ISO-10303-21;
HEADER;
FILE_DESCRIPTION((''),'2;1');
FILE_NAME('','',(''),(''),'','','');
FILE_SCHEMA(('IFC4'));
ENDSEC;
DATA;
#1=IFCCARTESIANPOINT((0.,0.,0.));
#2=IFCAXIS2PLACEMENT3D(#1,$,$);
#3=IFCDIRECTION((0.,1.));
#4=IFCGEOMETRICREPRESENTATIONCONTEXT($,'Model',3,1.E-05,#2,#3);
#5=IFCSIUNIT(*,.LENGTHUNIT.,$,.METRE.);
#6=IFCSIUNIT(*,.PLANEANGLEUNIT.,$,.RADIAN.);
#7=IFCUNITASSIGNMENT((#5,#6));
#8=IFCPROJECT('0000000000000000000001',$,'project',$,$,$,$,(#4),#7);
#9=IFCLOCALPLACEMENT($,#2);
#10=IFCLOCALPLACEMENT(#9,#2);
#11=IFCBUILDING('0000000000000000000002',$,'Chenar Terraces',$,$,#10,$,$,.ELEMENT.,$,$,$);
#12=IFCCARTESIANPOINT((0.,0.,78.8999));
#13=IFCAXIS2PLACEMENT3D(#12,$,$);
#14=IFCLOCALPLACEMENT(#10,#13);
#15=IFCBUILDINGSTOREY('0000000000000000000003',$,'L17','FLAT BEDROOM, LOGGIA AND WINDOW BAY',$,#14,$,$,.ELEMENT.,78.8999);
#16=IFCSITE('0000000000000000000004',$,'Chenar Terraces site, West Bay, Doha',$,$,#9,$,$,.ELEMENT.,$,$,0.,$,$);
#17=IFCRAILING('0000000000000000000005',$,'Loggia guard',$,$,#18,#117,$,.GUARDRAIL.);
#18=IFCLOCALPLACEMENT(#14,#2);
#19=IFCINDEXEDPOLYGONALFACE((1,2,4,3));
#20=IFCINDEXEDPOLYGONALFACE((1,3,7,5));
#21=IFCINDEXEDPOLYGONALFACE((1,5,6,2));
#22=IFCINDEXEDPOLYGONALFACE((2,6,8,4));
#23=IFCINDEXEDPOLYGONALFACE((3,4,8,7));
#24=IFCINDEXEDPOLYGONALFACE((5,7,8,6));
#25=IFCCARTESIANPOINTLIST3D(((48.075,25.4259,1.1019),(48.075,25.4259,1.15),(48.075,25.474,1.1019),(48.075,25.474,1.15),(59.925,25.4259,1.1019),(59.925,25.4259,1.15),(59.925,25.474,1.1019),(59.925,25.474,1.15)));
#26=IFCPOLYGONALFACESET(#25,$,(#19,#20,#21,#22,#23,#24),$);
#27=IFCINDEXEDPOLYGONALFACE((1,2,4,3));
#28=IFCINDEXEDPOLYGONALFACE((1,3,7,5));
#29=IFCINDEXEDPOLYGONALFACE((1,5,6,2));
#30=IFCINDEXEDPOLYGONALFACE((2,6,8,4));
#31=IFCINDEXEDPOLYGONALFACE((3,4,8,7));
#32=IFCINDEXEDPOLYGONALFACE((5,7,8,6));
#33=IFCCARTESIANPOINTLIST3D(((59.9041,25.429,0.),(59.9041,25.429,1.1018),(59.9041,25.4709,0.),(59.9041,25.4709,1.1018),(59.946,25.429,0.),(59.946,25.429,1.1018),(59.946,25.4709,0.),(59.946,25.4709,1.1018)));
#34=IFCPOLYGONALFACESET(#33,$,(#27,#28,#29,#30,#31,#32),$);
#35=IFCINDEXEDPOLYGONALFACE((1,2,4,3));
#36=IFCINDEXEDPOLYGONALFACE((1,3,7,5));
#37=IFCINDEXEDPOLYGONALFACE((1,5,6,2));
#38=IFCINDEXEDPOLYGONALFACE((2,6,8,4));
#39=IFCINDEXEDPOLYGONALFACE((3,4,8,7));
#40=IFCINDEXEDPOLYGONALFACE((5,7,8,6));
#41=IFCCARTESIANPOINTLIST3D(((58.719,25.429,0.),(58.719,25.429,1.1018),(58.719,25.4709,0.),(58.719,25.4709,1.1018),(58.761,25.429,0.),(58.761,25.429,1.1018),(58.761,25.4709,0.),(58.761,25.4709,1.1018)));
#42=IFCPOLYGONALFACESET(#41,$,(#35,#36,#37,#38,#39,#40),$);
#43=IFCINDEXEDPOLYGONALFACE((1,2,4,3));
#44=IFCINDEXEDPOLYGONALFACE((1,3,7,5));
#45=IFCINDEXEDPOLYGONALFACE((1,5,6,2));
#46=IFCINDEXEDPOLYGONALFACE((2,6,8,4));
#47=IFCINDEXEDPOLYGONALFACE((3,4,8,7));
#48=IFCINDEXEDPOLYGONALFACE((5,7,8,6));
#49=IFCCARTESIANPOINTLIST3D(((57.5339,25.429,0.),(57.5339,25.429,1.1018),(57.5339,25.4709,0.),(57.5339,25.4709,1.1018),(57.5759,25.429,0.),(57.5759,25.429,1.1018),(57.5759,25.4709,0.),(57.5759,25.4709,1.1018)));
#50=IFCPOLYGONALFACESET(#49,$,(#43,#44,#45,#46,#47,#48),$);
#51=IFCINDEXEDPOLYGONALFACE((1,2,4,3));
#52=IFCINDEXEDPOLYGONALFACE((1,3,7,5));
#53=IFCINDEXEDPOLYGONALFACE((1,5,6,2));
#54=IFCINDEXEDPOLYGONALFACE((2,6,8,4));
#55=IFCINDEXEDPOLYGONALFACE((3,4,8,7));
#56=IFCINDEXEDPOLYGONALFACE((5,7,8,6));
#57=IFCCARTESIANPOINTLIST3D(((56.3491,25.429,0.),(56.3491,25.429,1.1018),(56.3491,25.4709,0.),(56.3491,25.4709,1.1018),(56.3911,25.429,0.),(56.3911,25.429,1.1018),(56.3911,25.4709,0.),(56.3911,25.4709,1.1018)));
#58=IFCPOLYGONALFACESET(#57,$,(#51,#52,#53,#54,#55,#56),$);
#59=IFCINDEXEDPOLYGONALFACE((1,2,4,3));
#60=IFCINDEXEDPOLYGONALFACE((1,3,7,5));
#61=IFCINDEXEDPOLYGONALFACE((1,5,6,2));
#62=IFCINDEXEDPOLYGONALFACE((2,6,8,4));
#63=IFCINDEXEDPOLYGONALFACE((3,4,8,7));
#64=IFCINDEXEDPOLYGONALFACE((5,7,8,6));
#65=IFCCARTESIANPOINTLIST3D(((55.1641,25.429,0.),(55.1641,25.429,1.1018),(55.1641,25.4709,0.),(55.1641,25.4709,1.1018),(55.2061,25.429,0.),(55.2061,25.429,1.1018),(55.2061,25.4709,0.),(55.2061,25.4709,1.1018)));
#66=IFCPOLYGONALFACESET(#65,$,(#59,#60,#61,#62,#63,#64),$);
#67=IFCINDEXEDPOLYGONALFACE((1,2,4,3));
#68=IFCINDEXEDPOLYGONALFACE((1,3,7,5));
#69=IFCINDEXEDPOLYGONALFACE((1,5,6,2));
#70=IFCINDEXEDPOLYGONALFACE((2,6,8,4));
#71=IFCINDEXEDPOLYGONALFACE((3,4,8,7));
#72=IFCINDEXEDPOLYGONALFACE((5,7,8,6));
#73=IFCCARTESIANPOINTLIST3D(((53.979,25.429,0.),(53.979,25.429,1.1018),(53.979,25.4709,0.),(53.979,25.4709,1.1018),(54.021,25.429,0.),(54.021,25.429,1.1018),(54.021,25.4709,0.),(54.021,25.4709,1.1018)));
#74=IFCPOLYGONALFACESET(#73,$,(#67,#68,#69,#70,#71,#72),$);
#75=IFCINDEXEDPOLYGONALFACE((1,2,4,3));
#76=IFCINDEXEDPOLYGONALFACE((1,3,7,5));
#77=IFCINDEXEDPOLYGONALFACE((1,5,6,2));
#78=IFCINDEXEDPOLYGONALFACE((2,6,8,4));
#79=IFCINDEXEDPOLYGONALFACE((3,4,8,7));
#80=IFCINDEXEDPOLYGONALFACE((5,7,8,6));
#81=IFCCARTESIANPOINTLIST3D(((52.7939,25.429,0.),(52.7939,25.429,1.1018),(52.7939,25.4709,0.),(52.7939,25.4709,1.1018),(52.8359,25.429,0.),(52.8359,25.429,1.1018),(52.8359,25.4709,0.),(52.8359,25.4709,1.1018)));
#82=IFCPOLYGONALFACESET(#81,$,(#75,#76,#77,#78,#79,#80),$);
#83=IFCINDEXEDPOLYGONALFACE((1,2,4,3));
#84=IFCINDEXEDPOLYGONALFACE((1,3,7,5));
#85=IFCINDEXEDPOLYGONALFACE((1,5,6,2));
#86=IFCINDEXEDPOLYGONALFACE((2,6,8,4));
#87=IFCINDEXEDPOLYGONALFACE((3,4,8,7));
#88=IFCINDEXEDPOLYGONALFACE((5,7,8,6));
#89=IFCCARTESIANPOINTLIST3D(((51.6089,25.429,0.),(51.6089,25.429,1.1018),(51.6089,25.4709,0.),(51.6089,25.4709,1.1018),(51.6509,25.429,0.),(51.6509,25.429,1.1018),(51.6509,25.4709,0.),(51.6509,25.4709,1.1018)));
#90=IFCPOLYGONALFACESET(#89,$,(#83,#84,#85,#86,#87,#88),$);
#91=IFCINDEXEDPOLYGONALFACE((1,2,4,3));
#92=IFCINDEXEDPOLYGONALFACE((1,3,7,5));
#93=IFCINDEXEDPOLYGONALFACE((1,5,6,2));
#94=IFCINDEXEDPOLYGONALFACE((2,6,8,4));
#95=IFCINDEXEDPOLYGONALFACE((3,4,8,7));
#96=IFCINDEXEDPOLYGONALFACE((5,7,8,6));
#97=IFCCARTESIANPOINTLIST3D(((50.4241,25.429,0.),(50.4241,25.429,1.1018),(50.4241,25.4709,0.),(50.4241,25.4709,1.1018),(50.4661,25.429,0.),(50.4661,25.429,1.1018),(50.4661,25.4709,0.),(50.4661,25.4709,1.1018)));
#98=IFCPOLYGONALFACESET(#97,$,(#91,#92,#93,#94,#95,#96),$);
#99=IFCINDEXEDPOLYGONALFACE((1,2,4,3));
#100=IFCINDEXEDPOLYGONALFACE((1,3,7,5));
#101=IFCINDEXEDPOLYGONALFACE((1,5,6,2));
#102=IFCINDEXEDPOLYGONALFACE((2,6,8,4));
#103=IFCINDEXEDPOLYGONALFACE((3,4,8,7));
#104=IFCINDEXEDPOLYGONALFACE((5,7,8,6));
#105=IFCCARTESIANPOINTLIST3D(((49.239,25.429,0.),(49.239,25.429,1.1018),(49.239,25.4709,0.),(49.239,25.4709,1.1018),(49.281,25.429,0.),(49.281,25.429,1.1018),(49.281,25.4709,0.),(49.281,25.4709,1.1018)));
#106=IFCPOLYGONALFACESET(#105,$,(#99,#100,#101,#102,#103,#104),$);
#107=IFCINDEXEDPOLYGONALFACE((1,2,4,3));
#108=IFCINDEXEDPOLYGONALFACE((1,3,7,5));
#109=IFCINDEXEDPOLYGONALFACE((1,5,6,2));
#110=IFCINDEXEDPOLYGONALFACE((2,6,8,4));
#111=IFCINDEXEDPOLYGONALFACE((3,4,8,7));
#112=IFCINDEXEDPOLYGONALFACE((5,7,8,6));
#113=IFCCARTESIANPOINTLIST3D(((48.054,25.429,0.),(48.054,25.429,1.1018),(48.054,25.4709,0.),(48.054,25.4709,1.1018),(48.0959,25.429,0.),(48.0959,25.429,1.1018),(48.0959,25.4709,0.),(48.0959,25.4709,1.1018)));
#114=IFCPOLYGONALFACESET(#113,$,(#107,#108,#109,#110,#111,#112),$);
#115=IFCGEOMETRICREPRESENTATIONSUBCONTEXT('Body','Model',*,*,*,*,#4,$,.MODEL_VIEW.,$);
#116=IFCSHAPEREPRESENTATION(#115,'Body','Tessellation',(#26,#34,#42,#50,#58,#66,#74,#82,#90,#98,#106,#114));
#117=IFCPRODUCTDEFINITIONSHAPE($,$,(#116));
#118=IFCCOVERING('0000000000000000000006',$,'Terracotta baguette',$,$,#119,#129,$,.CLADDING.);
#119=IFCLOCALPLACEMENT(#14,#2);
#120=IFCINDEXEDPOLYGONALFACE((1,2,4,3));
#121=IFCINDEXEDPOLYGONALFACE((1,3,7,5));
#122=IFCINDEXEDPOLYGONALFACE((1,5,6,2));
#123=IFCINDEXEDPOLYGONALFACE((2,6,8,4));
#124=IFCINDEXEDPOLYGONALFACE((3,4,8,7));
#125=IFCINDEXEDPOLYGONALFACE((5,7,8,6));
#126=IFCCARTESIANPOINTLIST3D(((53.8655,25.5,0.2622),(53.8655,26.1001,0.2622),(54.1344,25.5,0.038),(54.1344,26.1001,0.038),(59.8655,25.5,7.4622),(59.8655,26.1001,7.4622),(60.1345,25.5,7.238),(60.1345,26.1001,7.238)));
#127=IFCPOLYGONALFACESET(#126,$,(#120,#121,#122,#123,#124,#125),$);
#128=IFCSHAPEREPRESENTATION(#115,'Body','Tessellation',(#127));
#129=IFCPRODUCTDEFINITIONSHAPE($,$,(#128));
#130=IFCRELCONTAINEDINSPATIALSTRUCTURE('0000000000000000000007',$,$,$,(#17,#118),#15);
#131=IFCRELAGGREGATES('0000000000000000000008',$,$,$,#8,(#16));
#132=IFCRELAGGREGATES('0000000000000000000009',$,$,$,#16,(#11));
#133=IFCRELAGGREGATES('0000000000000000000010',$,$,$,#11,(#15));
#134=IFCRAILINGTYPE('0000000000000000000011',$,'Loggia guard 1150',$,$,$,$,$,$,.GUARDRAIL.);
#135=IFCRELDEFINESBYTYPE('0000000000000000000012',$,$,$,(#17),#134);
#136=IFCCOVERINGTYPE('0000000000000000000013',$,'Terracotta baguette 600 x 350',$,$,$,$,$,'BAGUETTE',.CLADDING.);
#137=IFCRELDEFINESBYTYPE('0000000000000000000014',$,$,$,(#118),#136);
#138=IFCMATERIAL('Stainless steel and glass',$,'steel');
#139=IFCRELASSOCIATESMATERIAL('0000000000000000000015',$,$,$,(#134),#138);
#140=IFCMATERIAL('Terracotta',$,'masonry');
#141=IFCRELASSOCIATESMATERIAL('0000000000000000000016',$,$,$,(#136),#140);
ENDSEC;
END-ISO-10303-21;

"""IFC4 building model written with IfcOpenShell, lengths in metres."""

from ifc_helpers import new_model, si_unit, direction, frame, origin, origin_2d, place, context, subcontext, project, spatial, rectangle, extrude, material, material_profile, profile_set, type_object, element, save


model = new_model("IFC4")

# Units and contexts
model_context = context("Model", 3, precision=1e-05, world=origin(), true_north=direction((0.0, 1.0)))
body_context = subcontext(model_context, "Body", "Model", "MODEL_VIEW")
ifc_project = project(units=[si_unit("LENGTHUNIT", "METRE"), si_unit("PLANEANGLEUNIT", "RADIAN")], contexts=[model_context])

# Site, building, storey
site_placement = place(None, origin())
site = spatial("IfcSite", under=ifc_project, at=site_placement, Name="Chenar Terraces site, West Bay, Doha", CompositionType="ELEMENT", RefElevation=0.0)
building_placement = place(site_placement, origin())
building = spatial("IfcBuilding", under=site, at=building_placement, Name="Chenar Terraces", CompositionType="ELEMENT")
storey_placement = place(building_placement, frame((0.0, 0.0, 78.8999)))
storey = spatial("IfcBuildingStorey", under=building, at=storey_placement, Name="L17", Description="FLAT BEDROOM, LOGGIA AND WINDOW BAY", CompositionType="ELEMENT", Elevation=78.8999)

# Railing
ifc_material_1 = material(Name="Stainless steel and glass", Category="steel")
railing_type = type_object("IfcRailingType", Name="Loggia guard 1150", PredefinedType="GUARDRAIL", material=ifc_material_1)
railing_placement = place(storey_placement, frame((59.925, 25.45, 0.0)))
element("IfcRailing", 1, at=railing_placement, inside=storey, type_object=railing_type, Name="Loggia guard", PredefinedType="GUARDRAIL", context=body_context, shape_type="SweptSolid", body=[
    extrude(rectangle(XDim=0.0481, YDim=0.0481, at=origin_2d()), frame((0.0, 0.0, 1.126), z_axis=(-1.0, 0.0, 0.0), x_axis=(0.0, -1.0, 0.0)), (0.0, 0.0, 1.0), 11.8501),
    extrude(rectangle(XDim=0.042, YDim=0.042, at=origin_2d()), origin(), (0.0, 0.0, 1.0), 1.1018),
    extrude(rectangle(XDim=0.042, YDim=0.042, at=origin_2d()), frame((-1.1851, 0.0, 0.0)), (0.0, 0.0, 1.0), 1.1018),
    extrude(rectangle(XDim=0.042, YDim=0.042, at=origin_2d()), frame((-2.3701, 0.0, 0.0)), (0.0, 0.0, 1.0), 1.1018),
    extrude(rectangle(XDim=0.042, YDim=0.042, at=origin_2d()), frame((-3.5549, 0.0, 0.0)), (0.0, 0.0, 1.0), 1.1018),
    extrude(rectangle(XDim=0.042, YDim=0.042, at=origin_2d()), frame((-4.74, 0.0, 0.0)), (0.0, 0.0, 1.0), 1.1018),
    extrude(rectangle(XDim=0.042, YDim=0.042, at=origin_2d()), frame((-5.925, 0.0, 0.0)), (0.0, 0.0, 1.0), 1.1018),
    extrude(rectangle(XDim=0.042, YDim=0.042, at=origin_2d()), frame((-7.1101, 0.0, 0.0)), (0.0, 0.0, 1.0), 1.1018),
    extrude(rectangle(XDim=0.042, YDim=0.042, at=origin_2d()), frame((-8.2952, 0.0, 0.0)), (0.0, 0.0, 1.0), 1.1018),
    extrude(rectangle(XDim=0.042, YDim=0.042, at=origin_2d()), frame((-9.48, 0.0, 0.0)), (0.0, 0.0, 1.0), 1.1018),
    extrude(rectangle(XDim=0.042, YDim=0.042, at=origin_2d()), frame((-10.665, 0.0, 0.0)), (0.0, 0.0, 1.0), 1.1018),
    extrude(rectangle(XDim=0.042, YDim=0.042, at=origin_2d()), frame((-11.8501, 0.0, 0.0)), (0.0, 0.0, 1.0), 1.1018),
])

# Covering
ifc_material_2 = material(Name="Terracotta", Category="masonry")
ifc_material_profile_1 = material_profile(ifc_material_2, rectangle(XDim=0.6001, YDim=0.3501, at=origin_2d()), Name="Terracotta baguette 600 x 350")
ifc_profile_set_1 = profile_set([ifc_material_profile_1], Name="Terracotta")
covering_type = type_object("IfcCoveringType", Name="Terracotta baguette 600 x 350", ElementType="BAGUETTE", PredefinedType="CLADDING", material=ifc_profile_set_1)
covering_placement = place(storey_placement, frame((60.0, 25.8, 7.3501), z_axis=(-0.640187, 0.0, -0.768219), x_axis=(0.0, -1.0, 0.0)))
element("IfcCovering", 2, at=covering_placement, inside=storey, type_object=covering_type, Name="Terracotta baguette", PredefinedType="CLADDING", context=body_context, shape_type="SweptSolid", body=[
    extrude(rectangle(XDim=0.6001, YDim=0.3501, at=origin_2d()), origin(), (0.0, 0.0, 1.0), 9.3723),
])

save(model, "model.ifc")
